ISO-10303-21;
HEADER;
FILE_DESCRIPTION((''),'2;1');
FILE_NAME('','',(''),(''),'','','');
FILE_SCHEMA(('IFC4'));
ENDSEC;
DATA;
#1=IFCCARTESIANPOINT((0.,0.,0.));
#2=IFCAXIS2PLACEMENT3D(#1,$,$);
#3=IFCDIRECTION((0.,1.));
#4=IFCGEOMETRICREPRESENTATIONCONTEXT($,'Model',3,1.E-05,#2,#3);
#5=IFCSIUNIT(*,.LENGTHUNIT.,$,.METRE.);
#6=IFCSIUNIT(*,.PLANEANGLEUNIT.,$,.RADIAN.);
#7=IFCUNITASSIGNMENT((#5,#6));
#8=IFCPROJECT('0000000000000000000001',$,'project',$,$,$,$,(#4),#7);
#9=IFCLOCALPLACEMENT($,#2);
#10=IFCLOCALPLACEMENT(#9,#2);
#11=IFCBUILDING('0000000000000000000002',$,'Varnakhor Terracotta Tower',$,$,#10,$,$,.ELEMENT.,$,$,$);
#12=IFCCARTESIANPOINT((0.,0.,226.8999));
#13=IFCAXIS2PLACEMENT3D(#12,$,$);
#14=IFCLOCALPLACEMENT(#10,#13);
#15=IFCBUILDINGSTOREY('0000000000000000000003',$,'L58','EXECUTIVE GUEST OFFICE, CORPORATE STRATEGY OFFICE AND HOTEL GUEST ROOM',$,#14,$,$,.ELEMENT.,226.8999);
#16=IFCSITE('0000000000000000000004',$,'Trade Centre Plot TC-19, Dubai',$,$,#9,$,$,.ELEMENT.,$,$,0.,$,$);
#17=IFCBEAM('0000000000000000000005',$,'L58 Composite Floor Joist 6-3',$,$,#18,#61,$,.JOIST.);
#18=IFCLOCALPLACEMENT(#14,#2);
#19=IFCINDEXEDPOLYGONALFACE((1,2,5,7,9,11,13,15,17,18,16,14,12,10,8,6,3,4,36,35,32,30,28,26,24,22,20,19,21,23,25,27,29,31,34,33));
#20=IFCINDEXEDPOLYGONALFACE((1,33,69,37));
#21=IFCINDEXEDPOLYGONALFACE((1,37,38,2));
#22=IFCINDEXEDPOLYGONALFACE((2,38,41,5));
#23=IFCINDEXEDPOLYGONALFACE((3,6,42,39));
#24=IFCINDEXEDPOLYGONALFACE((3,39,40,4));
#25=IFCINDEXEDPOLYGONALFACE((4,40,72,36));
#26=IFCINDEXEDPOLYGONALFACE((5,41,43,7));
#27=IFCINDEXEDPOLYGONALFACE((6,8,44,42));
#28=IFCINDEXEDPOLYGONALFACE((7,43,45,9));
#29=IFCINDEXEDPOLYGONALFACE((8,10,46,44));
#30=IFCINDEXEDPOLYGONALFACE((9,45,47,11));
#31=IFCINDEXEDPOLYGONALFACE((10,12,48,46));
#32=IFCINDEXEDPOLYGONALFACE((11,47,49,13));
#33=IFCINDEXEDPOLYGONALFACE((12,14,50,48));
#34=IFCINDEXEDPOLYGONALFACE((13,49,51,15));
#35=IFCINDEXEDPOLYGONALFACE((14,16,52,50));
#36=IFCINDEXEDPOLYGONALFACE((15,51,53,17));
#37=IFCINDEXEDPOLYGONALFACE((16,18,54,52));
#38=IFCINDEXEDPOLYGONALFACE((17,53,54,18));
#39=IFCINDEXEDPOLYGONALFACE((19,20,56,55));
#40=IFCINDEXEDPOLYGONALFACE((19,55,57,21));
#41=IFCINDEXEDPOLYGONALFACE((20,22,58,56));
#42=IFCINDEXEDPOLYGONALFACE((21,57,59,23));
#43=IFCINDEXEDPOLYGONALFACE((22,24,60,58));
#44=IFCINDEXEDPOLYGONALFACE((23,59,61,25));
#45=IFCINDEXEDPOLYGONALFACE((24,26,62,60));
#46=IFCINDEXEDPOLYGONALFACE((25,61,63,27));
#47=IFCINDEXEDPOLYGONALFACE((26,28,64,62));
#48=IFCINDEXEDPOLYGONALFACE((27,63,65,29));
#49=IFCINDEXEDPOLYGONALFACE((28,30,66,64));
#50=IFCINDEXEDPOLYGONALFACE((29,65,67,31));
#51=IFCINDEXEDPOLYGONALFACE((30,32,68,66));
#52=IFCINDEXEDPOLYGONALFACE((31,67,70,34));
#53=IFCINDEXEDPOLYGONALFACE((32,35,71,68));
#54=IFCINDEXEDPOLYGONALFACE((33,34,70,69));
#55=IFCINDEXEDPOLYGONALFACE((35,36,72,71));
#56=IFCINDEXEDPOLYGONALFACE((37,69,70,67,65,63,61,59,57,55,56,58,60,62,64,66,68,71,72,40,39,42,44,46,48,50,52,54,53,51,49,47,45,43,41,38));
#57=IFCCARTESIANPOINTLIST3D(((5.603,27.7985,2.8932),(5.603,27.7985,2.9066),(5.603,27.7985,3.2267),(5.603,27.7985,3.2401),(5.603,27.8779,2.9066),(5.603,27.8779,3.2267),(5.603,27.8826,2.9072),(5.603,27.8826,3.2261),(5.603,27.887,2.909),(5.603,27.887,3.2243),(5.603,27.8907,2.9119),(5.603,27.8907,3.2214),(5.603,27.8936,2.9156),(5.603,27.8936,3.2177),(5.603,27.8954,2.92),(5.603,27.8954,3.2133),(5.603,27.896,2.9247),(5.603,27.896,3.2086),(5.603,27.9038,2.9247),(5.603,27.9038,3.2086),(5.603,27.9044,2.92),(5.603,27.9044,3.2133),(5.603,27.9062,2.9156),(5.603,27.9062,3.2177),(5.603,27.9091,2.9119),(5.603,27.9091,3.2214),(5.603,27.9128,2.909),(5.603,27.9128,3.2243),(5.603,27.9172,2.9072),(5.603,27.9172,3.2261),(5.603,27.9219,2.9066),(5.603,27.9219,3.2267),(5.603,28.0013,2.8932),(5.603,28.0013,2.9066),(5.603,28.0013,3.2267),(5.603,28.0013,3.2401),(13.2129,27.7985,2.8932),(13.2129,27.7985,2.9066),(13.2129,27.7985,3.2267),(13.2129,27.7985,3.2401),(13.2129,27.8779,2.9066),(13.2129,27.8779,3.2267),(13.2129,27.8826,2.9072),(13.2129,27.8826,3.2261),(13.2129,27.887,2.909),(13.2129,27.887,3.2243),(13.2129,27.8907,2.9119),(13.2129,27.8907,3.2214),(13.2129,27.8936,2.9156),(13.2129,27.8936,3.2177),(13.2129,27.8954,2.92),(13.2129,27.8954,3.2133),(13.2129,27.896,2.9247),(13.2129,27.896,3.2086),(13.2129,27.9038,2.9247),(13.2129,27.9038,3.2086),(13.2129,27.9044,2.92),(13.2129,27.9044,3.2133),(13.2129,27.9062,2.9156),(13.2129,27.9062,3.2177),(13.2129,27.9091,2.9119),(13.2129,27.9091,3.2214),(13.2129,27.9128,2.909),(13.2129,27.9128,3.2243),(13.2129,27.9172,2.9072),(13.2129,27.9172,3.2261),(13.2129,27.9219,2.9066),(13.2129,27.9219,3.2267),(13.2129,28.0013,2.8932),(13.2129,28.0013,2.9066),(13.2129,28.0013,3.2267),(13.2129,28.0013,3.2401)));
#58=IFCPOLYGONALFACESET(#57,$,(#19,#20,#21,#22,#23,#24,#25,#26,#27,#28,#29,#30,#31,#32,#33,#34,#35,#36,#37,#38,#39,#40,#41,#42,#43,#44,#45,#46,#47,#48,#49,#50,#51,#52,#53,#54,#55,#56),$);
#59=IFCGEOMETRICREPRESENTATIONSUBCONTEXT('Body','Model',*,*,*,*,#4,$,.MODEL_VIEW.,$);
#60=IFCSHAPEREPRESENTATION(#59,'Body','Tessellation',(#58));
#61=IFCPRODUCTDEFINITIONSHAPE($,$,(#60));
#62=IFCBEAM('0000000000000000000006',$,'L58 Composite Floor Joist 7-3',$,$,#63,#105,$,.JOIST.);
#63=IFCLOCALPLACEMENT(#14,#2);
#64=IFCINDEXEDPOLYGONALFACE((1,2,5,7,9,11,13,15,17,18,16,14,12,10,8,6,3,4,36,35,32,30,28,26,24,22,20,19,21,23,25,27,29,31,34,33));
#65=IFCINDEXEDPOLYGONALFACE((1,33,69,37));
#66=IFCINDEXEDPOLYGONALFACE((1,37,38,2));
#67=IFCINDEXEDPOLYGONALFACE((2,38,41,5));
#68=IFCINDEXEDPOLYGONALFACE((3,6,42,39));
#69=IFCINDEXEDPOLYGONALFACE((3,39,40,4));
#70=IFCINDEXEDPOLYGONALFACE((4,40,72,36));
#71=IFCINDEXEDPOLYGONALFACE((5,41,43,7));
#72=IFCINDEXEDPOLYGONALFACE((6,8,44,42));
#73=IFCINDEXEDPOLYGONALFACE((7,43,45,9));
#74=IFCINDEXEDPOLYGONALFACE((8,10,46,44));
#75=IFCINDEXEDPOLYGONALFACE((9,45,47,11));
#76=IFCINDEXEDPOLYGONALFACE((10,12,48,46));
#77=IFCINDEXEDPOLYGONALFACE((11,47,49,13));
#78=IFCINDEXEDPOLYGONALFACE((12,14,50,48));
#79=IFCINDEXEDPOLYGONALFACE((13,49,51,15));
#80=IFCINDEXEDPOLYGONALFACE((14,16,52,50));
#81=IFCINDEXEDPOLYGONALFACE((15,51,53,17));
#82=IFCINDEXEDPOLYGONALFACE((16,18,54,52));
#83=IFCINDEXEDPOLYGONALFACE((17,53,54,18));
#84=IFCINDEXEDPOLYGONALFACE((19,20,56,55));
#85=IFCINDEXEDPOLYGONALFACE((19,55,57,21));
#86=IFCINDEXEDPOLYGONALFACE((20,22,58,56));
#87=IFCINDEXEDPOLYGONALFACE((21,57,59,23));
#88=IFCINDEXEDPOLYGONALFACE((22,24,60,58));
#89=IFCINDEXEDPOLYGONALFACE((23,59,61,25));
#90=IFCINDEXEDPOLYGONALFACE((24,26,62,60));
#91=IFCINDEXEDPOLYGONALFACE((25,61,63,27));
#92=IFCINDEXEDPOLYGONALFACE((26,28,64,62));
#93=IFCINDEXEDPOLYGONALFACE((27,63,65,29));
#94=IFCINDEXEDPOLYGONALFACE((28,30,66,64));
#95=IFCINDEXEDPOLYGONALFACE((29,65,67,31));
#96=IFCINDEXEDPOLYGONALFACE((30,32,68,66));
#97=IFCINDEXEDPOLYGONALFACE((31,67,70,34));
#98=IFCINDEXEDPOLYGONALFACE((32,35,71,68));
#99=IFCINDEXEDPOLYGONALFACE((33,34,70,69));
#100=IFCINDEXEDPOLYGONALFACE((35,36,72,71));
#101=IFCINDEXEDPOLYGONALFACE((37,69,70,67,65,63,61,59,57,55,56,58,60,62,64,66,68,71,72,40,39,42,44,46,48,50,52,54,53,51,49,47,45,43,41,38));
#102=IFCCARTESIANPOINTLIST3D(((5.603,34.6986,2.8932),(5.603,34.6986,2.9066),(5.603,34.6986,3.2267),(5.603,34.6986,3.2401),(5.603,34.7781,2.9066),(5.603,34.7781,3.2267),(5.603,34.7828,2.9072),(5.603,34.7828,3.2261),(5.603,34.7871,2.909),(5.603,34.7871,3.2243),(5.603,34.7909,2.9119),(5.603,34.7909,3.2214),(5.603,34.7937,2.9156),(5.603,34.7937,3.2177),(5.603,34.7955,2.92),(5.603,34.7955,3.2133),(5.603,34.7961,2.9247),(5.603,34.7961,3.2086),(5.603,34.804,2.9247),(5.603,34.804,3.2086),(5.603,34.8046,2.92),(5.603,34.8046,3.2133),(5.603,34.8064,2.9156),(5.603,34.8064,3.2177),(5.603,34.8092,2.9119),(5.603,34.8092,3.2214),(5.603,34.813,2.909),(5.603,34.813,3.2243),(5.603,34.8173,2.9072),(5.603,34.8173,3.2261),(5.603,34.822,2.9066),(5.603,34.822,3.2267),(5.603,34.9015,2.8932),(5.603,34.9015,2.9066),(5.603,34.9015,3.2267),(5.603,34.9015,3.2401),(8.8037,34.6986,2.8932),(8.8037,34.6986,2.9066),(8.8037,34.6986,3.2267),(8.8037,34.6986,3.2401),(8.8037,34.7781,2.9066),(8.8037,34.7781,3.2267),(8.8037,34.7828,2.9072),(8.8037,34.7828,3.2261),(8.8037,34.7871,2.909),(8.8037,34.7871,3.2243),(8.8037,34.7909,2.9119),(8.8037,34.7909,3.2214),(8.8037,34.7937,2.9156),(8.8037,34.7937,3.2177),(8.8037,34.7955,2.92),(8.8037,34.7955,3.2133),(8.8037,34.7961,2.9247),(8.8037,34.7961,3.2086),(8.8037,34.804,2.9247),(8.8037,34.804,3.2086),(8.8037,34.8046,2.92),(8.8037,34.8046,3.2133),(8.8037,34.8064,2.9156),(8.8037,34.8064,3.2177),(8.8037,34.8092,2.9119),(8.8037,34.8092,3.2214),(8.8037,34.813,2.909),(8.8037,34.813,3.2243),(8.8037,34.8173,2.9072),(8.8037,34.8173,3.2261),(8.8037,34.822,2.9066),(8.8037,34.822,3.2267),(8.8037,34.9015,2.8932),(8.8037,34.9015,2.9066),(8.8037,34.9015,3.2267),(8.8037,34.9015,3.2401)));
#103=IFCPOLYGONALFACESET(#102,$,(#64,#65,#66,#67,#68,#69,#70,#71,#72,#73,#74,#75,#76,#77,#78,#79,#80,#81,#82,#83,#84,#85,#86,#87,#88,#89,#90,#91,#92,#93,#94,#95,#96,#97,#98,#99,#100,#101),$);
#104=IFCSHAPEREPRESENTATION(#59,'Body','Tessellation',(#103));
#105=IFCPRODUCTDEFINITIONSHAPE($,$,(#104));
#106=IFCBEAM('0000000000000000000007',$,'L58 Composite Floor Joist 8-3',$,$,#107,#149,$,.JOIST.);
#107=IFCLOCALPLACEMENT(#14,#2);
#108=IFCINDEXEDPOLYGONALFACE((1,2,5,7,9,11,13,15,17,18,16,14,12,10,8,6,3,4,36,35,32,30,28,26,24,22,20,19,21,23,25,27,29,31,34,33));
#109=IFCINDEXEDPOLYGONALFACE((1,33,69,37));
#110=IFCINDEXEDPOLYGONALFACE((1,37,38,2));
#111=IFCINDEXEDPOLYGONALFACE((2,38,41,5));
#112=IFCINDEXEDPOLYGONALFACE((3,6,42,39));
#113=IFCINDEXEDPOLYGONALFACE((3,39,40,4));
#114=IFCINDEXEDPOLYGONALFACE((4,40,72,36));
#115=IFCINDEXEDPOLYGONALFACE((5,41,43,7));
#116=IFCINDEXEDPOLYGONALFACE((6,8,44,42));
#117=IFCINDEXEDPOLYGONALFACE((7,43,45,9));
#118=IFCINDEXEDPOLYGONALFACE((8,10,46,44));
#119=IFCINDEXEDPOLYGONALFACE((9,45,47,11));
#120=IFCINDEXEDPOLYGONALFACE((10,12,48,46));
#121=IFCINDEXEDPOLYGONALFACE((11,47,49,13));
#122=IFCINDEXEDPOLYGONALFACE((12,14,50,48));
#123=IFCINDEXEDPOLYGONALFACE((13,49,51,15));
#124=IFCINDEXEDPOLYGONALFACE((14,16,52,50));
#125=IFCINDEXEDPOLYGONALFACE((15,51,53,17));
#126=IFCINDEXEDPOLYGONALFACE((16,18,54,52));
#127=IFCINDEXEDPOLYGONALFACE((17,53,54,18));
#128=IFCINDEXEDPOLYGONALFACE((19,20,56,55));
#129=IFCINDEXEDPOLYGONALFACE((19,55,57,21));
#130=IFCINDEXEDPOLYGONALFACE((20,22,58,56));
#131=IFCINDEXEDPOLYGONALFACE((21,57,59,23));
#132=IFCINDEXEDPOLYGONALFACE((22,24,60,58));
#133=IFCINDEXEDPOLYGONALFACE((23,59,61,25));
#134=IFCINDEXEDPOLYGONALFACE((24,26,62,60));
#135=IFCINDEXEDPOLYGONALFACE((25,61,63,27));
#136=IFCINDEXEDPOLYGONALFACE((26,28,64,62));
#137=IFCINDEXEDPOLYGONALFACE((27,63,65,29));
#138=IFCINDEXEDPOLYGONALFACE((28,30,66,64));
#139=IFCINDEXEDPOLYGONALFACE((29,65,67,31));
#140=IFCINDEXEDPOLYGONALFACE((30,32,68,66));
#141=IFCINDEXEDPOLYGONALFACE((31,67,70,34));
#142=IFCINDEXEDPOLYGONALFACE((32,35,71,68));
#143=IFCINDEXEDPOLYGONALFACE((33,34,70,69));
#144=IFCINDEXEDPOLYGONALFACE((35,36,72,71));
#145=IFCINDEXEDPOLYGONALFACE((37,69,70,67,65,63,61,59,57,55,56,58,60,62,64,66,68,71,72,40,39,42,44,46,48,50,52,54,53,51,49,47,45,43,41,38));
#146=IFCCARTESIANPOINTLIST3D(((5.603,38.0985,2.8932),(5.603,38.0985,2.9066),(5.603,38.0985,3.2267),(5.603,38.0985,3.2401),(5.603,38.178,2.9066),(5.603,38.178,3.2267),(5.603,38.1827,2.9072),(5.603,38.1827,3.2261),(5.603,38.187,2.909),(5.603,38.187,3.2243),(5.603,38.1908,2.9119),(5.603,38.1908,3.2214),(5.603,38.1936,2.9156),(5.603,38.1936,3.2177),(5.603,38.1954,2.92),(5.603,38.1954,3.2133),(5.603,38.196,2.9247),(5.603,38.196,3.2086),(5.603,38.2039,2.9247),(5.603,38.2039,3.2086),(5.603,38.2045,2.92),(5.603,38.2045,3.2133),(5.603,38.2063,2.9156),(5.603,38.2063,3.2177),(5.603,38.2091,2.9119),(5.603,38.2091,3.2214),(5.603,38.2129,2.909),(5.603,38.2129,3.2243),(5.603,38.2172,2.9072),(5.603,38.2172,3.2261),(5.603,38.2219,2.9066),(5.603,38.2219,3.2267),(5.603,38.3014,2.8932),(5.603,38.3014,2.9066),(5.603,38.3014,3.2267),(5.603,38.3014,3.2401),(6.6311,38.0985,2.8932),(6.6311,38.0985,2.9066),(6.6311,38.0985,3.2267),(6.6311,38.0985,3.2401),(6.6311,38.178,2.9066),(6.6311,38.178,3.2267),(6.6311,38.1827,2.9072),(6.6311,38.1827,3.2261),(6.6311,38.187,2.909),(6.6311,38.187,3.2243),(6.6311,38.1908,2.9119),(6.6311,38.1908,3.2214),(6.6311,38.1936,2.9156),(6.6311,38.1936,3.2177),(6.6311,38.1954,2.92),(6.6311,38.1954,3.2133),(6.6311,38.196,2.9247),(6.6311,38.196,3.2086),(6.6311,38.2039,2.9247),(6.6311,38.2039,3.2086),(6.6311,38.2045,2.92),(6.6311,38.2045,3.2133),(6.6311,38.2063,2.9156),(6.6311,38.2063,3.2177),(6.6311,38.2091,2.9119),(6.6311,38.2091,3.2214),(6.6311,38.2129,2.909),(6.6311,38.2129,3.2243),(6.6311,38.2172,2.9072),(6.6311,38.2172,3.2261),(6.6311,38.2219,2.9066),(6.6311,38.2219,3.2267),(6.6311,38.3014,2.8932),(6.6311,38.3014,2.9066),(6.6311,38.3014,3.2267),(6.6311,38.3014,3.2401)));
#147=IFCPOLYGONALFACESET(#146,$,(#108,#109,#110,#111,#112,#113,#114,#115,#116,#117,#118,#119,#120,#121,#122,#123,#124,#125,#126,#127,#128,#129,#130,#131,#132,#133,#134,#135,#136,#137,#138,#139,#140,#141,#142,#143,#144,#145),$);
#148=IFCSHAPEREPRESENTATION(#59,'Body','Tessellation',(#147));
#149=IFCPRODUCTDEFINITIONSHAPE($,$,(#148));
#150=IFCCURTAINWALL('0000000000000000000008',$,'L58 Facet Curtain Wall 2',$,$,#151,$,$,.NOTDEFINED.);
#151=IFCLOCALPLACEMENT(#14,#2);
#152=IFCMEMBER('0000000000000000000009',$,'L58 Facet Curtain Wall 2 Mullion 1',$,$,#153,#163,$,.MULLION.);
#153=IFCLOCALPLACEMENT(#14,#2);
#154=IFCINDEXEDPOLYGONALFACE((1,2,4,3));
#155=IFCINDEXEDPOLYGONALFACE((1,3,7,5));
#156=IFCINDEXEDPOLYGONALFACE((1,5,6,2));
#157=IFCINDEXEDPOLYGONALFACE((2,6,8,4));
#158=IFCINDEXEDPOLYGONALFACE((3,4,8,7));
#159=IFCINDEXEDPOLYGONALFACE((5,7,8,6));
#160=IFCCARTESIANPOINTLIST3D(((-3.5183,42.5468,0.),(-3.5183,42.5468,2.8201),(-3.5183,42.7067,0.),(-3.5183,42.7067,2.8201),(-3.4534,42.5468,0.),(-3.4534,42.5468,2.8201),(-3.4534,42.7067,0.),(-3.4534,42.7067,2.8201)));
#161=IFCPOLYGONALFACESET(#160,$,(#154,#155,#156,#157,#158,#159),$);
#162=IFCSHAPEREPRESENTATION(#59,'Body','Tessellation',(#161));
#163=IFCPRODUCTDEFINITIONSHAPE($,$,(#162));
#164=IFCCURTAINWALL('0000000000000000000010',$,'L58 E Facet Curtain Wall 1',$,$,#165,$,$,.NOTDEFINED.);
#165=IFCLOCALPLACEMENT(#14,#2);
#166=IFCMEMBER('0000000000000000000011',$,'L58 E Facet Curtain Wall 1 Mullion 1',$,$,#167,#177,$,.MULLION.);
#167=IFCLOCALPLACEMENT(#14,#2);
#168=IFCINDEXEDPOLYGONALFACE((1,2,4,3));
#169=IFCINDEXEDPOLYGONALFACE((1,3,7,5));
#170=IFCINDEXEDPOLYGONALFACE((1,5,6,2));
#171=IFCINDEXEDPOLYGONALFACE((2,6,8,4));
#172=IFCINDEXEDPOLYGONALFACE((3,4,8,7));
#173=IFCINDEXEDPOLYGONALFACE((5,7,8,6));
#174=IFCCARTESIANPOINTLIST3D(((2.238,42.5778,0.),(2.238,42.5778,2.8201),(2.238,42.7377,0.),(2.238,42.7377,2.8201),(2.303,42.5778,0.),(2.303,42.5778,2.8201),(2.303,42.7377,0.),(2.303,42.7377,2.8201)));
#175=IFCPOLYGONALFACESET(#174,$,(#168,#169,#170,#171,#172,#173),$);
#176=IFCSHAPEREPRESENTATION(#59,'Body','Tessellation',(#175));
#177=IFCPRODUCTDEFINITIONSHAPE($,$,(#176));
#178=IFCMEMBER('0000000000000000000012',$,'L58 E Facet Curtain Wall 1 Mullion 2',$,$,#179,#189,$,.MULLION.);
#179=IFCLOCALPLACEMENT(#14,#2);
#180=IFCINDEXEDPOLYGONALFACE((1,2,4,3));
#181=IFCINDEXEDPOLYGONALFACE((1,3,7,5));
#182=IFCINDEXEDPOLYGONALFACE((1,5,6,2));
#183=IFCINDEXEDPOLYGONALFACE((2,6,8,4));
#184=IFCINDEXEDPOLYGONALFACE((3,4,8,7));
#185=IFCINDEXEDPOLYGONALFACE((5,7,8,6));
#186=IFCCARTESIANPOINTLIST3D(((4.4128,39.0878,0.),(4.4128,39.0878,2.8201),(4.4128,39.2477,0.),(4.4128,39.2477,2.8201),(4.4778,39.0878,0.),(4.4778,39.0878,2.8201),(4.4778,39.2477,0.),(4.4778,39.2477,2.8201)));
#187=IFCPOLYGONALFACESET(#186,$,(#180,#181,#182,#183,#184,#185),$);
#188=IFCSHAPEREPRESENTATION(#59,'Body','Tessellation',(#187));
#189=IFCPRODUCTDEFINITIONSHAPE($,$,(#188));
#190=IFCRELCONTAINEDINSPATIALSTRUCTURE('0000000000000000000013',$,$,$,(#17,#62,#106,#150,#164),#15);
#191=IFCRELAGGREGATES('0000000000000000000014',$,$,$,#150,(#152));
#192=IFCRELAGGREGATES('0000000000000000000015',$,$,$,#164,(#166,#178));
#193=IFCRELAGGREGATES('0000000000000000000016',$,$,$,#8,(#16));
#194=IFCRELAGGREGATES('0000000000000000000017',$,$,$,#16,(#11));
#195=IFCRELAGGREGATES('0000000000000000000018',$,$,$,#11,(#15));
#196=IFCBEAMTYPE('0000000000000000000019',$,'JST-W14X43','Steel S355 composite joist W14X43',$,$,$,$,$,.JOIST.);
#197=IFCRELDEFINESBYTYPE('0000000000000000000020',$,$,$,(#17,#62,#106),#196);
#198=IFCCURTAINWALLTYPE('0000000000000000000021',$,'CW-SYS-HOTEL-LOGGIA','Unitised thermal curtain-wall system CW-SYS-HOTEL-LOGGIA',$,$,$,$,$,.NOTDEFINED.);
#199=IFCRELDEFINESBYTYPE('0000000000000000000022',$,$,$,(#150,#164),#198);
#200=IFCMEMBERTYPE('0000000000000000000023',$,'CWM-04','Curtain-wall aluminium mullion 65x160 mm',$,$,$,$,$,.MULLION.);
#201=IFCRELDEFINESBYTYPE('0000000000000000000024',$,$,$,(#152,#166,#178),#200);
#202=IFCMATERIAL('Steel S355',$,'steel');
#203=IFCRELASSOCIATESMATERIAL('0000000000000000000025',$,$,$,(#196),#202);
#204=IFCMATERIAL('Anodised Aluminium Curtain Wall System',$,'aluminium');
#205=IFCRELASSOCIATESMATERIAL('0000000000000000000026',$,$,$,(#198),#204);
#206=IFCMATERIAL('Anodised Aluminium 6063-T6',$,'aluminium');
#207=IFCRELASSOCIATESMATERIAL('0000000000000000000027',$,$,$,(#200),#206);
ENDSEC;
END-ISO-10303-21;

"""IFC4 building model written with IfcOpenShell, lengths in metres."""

from ifc_helpers import new_model, si_unit, direction, frame, origin, origin_2d, place, context, subcontext, project, spatial, rectangle, i_section, extrude, source, transform, mapped, material, material_profile, profile_set, type_object, type_shapes, element, aggregate, save


model = new_model("IFC4")

# Units and contexts
model_context = context("Model", 3, precision=1e-05, world=origin(), true_north=direction((0.0, 1.0)))
body_context = subcontext(model_context, "Body", "Model", "MODEL_VIEW")
ifc_project = project(units=[si_unit("LENGTHUNIT", "METRE"), si_unit("PLANEANGLEUNIT", "RADIAN")], contexts=[model_context])

# Site, building, storey
site_placement = place(None, origin())
site = spatial("IfcSite", under=ifc_project, at=site_placement, Name="Trade Centre Plot TC-19, Dubai", CompositionType="ELEMENT", RefElevation=0.0)
building_placement = place(site_placement, origin())
building = spatial("IfcBuilding", under=site, at=building_placement, Name="Varnakhor Terracotta Tower", CompositionType="ELEMENT")
storey_placement = place(building_placement, frame((0.0, 0.0, 226.8999)))
storey = spatial("IfcBuildingStorey", under=building, at=storey_placement, Name="L58", Description="EXECUTIVE GUEST OFFICE, CORPORATE STRATEGY OFFICE AND HOTEL GUEST ROOM", CompositionType="ELEMENT", Elevation=226.8999)

# Beams
ifc_material_1 = material(Name="Steel S355", Category="steel")
ifc_material_profile_1 = material_profile(ifc_material_1, i_section(OverallWidth=0.2029, OverallDepth=0.3469, WebThickness=0.0078, FlangeThickness=0.0134, FilletRadius=0.0181, at=origin_2d()), Name="W14X43")
ifc_profile_set_1 = profile_set([ifc_material_profile_1], Name="Steel S355")
beam_type_1 = type_object("IfcBeamType", Name="JST-W14X43", Description="Steel S355 composite joist W14X43", PredefinedType="JOIST", material=ifc_profile_set_1)
shared_shape_1 = source(origin(), body_context, "Body", "SweptSolid", [
    extrude(i_section(OverallWidth=0.2029, OverallDepth=0.3469, WebThickness=0.0078, FlangeThickness=0.0134, FilletRadius=0.0181, at=origin_2d()), origin(), (0.0, 0.0, 1.0), 7.6099),
])
beam_1_placement = place(storey_placement, frame((5.603, 27.8999, 3.0667), z_axis=(1.0, 0.0, 0.0), x_axis=(0.0, 1.0, 0.0)))
element("IfcBeam", 1, at=beam_1_placement, inside=storey, type_object=beam_type_1, Name="L58 Composite Floor Joist 6-3", PredefinedType="JOIST", context=body_context, shape_type="MappedRepresentation", body=[
    mapped(shared_shape_1, transform((0.0, 0.0, 0.0), scale=1.0)),
])
shared_shape_2 = source(origin(), body_context, "Body", "SweptSolid", [
    extrude(i_section(OverallWidth=0.2029, OverallDepth=0.3469, WebThickness=0.0078, FlangeThickness=0.0134, FilletRadius=0.0181, at=origin_2d()), origin(), (0.0, 0.0, 1.0), 3.2007),
])
beam_2_placement = place(storey_placement, frame((5.603, 34.8, 3.0667), z_axis=(1.0, 0.0, 0.0), x_axis=(0.0, 1.0, 0.0)))
element("IfcBeam", 2, at=beam_2_placement, inside=storey, type_object=beam_type_1, Name="L58 Composite Floor Joist 7-3", PredefinedType="JOIST", context=body_context, shape_type="MappedRepresentation", body=[
    mapped(shared_shape_2, transform((0.0, 0.0, 0.0), scale=1.0)),
])
shared_shape_3 = source(origin(), body_context, "Body", "SweptSolid", [
    extrude(i_section(OverallWidth=0.2029, OverallDepth=0.3469, WebThickness=0.0078, FlangeThickness=0.0134, FilletRadius=0.0181, at=origin_2d()), origin(), (0.0, 0.0, 1.0), 1.0281),
])
beam_3_placement = place(storey_placement, frame((5.603, 38.2, 3.0667), z_axis=(1.0, 0.0, 0.0), x_axis=(0.0, 1.0, 0.0)))
element("IfcBeam", 3, at=beam_3_placement, inside=storey, type_object=beam_type_1, Name="L58 Composite Floor Joist 8-3", PredefinedType="JOIST", context=body_context, shape_type="MappedRepresentation", body=[
    mapped(shared_shape_3, transform((0.0, 0.0, 0.0), scale=1.0)),
])

# Curtain wall, member
ifc_material_2 = material(Name="Anodised Aluminium Curtain Wall System", Category="aluminium")
curtain_wall_type = type_object("IfcCurtainWallType", Name="CW-SYS-HOTEL-LOGGIA", Description="Unitised thermal curtain-wall system CW-SYS-HOTEL-LOGGIA", PredefinedType="NOTDEFINED", material=ifc_material_2)
curtain_wall_1_placement = place(storey_placement, origin())
curtain_wall_1 = element("IfcCurtainWall", 4, at=curtain_wall_1_placement, inside=storey, type_object=curtain_wall_type, Name="L58 Facet Curtain Wall 2", PredefinedType="NOTDEFINED")
ifc_material_3 = material(Name="Anodised Aluminium 6063-T6", Category="aluminium")
ifc_material_profile_2 = material_profile(ifc_material_3, rectangle(XDim=0.0649, YDim=0.1599, at=origin_2d()), Name="ALU MULLION 65x160")
ifc_profile_set_2 = profile_set([ifc_material_profile_2], Name="Anodised Aluminium 6063-T6")
member_type_1 = type_object("IfcMemberType", Name="CWM-04", Description="Curtain-wall aluminium mullion 65x160 mm", PredefinedType="MULLION", material=ifc_profile_set_2)
shared_shape_4 = source(origin(), body_context, "Body", "SweptSolid", [
    extrude(rectangle(XDim=0.0649, YDim=0.1599, at=origin_2d()), origin(), (0.0, 0.0, 1.0), 2.8201),
])
type_shapes(member_type_1, [shared_shape_4])
member_1_placement = place(storey_placement, frame((-3.4858, 42.6267, 0.0), z_axis=(0.0, 0.0, 1.0), x_axis=(1.0, 0.0, 0.0)))
member_1 = element("IfcMember", 5, at=member_1_placement, type_object=member_type_1, Name="L58 Facet Curtain Wall 2 Mullion 1", PredefinedType="MULLION", context=body_context, shape_type="MappedRepresentation", body=[
    mapped(shared_shape_4, transform((0.0, 0.0, 0.0), scale=1.0)),
])

# Curtain wall, members
curtain_wall_2_placement = place(storey_placement, origin())
curtain_wall_2 = element("IfcCurtainWall", 6, at=curtain_wall_2_placement, inside=storey, type_object=curtain_wall_type, Name="L58 E Facet Curtain Wall 1", PredefinedType="NOTDEFINED")
member_2_placement = place(storey_placement, frame((2.2705, 42.6577, 0.0), z_axis=(0.0, 0.0, 1.0), x_axis=(1.0, 0.0, 0.0)))
member_2 = element("IfcMember", 7, at=member_2_placement, type_object=member_type_1, Name="L58 E Facet Curtain Wall 1 Mullion 1", PredefinedType="MULLION", context=body_context, shape_type="MappedRepresentation", body=[
    mapped(shared_shape_4, transform((0.0, 0.0, 0.0), scale=1.0)),
])
member_3_placement = place(storey_placement, frame((4.4453, 39.1677, 0.0), z_axis=(0.0, 0.0, 1.0), x_axis=(1.0, 0.0, 0.0)))
member_3 = element("IfcMember", 8, at=member_3_placement, type_object=member_type_1, Name="L58 E Facet Curtain Wall 1 Mullion 2", PredefinedType="MULLION", context=body_context, shape_type="MappedRepresentation", body=[
    mapped(shared_shape_4, transform((0.0, 0.0, 0.0), scale=1.0)),
])

aggregate(curtain_wall_1, [member_1])
aggregate(curtain_wall_2, [member_2, member_3])

save(model, "model.ifc")
